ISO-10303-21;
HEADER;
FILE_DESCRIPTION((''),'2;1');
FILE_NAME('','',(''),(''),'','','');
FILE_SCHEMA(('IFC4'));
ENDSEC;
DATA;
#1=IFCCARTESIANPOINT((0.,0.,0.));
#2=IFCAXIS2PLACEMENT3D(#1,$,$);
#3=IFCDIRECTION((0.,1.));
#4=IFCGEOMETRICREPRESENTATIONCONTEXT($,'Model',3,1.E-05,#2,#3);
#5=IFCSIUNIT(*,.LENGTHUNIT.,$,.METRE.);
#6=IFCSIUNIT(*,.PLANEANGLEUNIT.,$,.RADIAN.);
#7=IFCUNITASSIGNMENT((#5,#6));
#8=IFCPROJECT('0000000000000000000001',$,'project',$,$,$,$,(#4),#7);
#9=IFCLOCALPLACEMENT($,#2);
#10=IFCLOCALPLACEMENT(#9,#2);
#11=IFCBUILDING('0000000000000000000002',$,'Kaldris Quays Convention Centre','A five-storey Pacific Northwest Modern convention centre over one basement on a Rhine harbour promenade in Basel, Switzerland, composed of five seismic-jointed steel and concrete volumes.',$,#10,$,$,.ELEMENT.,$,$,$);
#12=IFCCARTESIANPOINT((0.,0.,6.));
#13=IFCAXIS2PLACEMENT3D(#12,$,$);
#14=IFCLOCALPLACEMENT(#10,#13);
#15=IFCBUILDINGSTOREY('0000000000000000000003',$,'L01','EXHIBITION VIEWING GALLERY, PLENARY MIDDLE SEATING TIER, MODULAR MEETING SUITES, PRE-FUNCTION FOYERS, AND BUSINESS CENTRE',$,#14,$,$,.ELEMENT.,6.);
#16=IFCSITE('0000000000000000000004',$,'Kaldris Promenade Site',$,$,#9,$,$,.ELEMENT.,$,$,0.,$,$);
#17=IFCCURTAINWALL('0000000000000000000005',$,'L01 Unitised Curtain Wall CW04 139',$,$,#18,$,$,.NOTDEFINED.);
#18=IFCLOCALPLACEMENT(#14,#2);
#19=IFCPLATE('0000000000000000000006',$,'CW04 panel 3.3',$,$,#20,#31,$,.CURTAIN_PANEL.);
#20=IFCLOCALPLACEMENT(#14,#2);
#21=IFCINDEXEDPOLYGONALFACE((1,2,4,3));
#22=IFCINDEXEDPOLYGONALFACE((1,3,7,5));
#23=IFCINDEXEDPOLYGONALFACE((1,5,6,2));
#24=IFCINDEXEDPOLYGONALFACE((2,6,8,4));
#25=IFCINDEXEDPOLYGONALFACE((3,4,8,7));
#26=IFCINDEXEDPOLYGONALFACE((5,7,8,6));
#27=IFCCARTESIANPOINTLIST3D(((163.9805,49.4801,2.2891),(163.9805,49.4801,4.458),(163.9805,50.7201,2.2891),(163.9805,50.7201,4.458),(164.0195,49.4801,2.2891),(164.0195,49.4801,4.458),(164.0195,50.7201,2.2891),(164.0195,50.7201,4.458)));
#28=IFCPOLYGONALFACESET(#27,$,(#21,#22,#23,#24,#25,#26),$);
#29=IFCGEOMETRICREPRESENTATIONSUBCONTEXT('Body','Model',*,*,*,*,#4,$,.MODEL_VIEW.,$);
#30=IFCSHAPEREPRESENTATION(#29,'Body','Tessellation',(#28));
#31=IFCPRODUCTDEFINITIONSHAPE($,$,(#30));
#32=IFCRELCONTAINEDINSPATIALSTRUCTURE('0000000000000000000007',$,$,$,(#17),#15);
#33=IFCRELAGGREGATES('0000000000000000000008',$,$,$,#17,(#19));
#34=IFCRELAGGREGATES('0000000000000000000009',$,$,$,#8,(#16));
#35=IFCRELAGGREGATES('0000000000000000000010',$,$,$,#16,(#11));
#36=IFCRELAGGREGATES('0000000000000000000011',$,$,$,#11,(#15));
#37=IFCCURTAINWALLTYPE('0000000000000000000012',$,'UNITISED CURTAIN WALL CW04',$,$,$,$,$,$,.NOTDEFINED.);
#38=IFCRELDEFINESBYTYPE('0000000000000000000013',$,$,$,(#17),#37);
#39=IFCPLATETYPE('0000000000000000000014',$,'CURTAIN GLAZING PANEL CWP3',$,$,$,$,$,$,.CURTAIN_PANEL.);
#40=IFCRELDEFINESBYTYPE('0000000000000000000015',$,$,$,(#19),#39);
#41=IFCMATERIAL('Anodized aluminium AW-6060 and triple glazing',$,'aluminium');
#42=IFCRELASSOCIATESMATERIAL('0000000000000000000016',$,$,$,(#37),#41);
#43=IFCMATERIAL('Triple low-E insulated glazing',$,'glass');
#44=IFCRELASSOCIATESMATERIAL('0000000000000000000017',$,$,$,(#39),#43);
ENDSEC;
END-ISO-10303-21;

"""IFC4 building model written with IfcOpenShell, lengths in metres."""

from ifc_helpers import new_model, si_unit, direction, frame, origin, origin_2d, place, context, subcontext, project, spatial, rectangle, extrude, material, type_object, element, aggregate, save


model = new_model("IFC4")

# Units and contexts
model_context = context("Model", 3, precision=1e-05, world=origin(), true_north=direction((0.0, 1.0)))
body_context = subcontext(model_context, "Body", "Model", "MODEL_VIEW")
ifc_project = project(units=[si_unit("LENGTHUNIT", "METRE"), si_unit("PLANEANGLEUNIT", "RADIAN")], contexts=[model_context])

# Site, building, storey
site_placement = place(None, origin())
site = spatial("IfcSite", under=ifc_project, at=site_placement, Name="Kaldris Promenade Site", CompositionType="ELEMENT", RefElevation=0.0)
building_placement = place(site_placement, origin())
building = spatial("IfcBuilding", under=site, at=building_placement, Name="Kaldris Quays Convention Centre", Description="A five-storey Pacific Northwest Modern convention centre over one basement on a Rhine harbour promenade in Basel, Switzerland, composed of five seismic-jointed steel and concrete volumes.", CompositionType="ELEMENT")
storey_placement = place(building_placement, frame((0.0, 0.0, 6.0)))
storey = spatial("IfcBuildingStorey", under=building, at=storey_placement, Name="L01", Description="EXHIBITION VIEWING GALLERY, PLENARY MIDDLE SEATING TIER, MODULAR MEETING SUITES, PRE-FUNCTION FOYERS, AND BUSINESS CENTRE", CompositionType="ELEMENT", Elevation=6.0)

# Curtain wall, plate
ifc_material_1 = material(Name="Anodized aluminium AW-6060 and triple glazing", Category="aluminium")
curtain_wall_type = type_object("IfcCurtainWallType", Name="UNITISED CURTAIN WALL CW04", PredefinedType="NOTDEFINED", material=ifc_material_1)
curtain_wall_placement = place(storey_placement, origin())
curtain_wall = element("IfcCurtainWall", 1, at=curtain_wall_placement, inside=storey, type_object=curtain_wall_type, Name="L01 Unitised Curtain Wall CW04 139", PredefinedType="NOTDEFINED")
ifc_material_2 = material(Name="Triple low-E insulated glazing", Category="glass")
plate_type = type_object("IfcPlateType", Name="CURTAIN GLAZING PANEL CWP3", PredefinedType="CURTAIN_PANEL", material=ifc_material_2)
plate_1_placement = place(storey_placement, frame((164.0, 50.1001, 2.2891), z_axis=(0.0, 0.0, 1.0), x_axis=(0.0, 1.0, 0.0)))
plate_1 = element("IfcPlate", 2, at=plate_1_placement, type_object=plate_type, Name="CW04 panel 3.3", PredefinedType="CURTAIN_PANEL", context=body_context, shape_type="SweptSolid", body=[
    extrude(rectangle(XDim=1.24, YDim=0.0391, at=origin_2d()), origin(), (0.0, 0.0, 1.0), 2.1689),
])
aggregate(curtain_wall, [plate_1])

save(model, "model.ifc")
